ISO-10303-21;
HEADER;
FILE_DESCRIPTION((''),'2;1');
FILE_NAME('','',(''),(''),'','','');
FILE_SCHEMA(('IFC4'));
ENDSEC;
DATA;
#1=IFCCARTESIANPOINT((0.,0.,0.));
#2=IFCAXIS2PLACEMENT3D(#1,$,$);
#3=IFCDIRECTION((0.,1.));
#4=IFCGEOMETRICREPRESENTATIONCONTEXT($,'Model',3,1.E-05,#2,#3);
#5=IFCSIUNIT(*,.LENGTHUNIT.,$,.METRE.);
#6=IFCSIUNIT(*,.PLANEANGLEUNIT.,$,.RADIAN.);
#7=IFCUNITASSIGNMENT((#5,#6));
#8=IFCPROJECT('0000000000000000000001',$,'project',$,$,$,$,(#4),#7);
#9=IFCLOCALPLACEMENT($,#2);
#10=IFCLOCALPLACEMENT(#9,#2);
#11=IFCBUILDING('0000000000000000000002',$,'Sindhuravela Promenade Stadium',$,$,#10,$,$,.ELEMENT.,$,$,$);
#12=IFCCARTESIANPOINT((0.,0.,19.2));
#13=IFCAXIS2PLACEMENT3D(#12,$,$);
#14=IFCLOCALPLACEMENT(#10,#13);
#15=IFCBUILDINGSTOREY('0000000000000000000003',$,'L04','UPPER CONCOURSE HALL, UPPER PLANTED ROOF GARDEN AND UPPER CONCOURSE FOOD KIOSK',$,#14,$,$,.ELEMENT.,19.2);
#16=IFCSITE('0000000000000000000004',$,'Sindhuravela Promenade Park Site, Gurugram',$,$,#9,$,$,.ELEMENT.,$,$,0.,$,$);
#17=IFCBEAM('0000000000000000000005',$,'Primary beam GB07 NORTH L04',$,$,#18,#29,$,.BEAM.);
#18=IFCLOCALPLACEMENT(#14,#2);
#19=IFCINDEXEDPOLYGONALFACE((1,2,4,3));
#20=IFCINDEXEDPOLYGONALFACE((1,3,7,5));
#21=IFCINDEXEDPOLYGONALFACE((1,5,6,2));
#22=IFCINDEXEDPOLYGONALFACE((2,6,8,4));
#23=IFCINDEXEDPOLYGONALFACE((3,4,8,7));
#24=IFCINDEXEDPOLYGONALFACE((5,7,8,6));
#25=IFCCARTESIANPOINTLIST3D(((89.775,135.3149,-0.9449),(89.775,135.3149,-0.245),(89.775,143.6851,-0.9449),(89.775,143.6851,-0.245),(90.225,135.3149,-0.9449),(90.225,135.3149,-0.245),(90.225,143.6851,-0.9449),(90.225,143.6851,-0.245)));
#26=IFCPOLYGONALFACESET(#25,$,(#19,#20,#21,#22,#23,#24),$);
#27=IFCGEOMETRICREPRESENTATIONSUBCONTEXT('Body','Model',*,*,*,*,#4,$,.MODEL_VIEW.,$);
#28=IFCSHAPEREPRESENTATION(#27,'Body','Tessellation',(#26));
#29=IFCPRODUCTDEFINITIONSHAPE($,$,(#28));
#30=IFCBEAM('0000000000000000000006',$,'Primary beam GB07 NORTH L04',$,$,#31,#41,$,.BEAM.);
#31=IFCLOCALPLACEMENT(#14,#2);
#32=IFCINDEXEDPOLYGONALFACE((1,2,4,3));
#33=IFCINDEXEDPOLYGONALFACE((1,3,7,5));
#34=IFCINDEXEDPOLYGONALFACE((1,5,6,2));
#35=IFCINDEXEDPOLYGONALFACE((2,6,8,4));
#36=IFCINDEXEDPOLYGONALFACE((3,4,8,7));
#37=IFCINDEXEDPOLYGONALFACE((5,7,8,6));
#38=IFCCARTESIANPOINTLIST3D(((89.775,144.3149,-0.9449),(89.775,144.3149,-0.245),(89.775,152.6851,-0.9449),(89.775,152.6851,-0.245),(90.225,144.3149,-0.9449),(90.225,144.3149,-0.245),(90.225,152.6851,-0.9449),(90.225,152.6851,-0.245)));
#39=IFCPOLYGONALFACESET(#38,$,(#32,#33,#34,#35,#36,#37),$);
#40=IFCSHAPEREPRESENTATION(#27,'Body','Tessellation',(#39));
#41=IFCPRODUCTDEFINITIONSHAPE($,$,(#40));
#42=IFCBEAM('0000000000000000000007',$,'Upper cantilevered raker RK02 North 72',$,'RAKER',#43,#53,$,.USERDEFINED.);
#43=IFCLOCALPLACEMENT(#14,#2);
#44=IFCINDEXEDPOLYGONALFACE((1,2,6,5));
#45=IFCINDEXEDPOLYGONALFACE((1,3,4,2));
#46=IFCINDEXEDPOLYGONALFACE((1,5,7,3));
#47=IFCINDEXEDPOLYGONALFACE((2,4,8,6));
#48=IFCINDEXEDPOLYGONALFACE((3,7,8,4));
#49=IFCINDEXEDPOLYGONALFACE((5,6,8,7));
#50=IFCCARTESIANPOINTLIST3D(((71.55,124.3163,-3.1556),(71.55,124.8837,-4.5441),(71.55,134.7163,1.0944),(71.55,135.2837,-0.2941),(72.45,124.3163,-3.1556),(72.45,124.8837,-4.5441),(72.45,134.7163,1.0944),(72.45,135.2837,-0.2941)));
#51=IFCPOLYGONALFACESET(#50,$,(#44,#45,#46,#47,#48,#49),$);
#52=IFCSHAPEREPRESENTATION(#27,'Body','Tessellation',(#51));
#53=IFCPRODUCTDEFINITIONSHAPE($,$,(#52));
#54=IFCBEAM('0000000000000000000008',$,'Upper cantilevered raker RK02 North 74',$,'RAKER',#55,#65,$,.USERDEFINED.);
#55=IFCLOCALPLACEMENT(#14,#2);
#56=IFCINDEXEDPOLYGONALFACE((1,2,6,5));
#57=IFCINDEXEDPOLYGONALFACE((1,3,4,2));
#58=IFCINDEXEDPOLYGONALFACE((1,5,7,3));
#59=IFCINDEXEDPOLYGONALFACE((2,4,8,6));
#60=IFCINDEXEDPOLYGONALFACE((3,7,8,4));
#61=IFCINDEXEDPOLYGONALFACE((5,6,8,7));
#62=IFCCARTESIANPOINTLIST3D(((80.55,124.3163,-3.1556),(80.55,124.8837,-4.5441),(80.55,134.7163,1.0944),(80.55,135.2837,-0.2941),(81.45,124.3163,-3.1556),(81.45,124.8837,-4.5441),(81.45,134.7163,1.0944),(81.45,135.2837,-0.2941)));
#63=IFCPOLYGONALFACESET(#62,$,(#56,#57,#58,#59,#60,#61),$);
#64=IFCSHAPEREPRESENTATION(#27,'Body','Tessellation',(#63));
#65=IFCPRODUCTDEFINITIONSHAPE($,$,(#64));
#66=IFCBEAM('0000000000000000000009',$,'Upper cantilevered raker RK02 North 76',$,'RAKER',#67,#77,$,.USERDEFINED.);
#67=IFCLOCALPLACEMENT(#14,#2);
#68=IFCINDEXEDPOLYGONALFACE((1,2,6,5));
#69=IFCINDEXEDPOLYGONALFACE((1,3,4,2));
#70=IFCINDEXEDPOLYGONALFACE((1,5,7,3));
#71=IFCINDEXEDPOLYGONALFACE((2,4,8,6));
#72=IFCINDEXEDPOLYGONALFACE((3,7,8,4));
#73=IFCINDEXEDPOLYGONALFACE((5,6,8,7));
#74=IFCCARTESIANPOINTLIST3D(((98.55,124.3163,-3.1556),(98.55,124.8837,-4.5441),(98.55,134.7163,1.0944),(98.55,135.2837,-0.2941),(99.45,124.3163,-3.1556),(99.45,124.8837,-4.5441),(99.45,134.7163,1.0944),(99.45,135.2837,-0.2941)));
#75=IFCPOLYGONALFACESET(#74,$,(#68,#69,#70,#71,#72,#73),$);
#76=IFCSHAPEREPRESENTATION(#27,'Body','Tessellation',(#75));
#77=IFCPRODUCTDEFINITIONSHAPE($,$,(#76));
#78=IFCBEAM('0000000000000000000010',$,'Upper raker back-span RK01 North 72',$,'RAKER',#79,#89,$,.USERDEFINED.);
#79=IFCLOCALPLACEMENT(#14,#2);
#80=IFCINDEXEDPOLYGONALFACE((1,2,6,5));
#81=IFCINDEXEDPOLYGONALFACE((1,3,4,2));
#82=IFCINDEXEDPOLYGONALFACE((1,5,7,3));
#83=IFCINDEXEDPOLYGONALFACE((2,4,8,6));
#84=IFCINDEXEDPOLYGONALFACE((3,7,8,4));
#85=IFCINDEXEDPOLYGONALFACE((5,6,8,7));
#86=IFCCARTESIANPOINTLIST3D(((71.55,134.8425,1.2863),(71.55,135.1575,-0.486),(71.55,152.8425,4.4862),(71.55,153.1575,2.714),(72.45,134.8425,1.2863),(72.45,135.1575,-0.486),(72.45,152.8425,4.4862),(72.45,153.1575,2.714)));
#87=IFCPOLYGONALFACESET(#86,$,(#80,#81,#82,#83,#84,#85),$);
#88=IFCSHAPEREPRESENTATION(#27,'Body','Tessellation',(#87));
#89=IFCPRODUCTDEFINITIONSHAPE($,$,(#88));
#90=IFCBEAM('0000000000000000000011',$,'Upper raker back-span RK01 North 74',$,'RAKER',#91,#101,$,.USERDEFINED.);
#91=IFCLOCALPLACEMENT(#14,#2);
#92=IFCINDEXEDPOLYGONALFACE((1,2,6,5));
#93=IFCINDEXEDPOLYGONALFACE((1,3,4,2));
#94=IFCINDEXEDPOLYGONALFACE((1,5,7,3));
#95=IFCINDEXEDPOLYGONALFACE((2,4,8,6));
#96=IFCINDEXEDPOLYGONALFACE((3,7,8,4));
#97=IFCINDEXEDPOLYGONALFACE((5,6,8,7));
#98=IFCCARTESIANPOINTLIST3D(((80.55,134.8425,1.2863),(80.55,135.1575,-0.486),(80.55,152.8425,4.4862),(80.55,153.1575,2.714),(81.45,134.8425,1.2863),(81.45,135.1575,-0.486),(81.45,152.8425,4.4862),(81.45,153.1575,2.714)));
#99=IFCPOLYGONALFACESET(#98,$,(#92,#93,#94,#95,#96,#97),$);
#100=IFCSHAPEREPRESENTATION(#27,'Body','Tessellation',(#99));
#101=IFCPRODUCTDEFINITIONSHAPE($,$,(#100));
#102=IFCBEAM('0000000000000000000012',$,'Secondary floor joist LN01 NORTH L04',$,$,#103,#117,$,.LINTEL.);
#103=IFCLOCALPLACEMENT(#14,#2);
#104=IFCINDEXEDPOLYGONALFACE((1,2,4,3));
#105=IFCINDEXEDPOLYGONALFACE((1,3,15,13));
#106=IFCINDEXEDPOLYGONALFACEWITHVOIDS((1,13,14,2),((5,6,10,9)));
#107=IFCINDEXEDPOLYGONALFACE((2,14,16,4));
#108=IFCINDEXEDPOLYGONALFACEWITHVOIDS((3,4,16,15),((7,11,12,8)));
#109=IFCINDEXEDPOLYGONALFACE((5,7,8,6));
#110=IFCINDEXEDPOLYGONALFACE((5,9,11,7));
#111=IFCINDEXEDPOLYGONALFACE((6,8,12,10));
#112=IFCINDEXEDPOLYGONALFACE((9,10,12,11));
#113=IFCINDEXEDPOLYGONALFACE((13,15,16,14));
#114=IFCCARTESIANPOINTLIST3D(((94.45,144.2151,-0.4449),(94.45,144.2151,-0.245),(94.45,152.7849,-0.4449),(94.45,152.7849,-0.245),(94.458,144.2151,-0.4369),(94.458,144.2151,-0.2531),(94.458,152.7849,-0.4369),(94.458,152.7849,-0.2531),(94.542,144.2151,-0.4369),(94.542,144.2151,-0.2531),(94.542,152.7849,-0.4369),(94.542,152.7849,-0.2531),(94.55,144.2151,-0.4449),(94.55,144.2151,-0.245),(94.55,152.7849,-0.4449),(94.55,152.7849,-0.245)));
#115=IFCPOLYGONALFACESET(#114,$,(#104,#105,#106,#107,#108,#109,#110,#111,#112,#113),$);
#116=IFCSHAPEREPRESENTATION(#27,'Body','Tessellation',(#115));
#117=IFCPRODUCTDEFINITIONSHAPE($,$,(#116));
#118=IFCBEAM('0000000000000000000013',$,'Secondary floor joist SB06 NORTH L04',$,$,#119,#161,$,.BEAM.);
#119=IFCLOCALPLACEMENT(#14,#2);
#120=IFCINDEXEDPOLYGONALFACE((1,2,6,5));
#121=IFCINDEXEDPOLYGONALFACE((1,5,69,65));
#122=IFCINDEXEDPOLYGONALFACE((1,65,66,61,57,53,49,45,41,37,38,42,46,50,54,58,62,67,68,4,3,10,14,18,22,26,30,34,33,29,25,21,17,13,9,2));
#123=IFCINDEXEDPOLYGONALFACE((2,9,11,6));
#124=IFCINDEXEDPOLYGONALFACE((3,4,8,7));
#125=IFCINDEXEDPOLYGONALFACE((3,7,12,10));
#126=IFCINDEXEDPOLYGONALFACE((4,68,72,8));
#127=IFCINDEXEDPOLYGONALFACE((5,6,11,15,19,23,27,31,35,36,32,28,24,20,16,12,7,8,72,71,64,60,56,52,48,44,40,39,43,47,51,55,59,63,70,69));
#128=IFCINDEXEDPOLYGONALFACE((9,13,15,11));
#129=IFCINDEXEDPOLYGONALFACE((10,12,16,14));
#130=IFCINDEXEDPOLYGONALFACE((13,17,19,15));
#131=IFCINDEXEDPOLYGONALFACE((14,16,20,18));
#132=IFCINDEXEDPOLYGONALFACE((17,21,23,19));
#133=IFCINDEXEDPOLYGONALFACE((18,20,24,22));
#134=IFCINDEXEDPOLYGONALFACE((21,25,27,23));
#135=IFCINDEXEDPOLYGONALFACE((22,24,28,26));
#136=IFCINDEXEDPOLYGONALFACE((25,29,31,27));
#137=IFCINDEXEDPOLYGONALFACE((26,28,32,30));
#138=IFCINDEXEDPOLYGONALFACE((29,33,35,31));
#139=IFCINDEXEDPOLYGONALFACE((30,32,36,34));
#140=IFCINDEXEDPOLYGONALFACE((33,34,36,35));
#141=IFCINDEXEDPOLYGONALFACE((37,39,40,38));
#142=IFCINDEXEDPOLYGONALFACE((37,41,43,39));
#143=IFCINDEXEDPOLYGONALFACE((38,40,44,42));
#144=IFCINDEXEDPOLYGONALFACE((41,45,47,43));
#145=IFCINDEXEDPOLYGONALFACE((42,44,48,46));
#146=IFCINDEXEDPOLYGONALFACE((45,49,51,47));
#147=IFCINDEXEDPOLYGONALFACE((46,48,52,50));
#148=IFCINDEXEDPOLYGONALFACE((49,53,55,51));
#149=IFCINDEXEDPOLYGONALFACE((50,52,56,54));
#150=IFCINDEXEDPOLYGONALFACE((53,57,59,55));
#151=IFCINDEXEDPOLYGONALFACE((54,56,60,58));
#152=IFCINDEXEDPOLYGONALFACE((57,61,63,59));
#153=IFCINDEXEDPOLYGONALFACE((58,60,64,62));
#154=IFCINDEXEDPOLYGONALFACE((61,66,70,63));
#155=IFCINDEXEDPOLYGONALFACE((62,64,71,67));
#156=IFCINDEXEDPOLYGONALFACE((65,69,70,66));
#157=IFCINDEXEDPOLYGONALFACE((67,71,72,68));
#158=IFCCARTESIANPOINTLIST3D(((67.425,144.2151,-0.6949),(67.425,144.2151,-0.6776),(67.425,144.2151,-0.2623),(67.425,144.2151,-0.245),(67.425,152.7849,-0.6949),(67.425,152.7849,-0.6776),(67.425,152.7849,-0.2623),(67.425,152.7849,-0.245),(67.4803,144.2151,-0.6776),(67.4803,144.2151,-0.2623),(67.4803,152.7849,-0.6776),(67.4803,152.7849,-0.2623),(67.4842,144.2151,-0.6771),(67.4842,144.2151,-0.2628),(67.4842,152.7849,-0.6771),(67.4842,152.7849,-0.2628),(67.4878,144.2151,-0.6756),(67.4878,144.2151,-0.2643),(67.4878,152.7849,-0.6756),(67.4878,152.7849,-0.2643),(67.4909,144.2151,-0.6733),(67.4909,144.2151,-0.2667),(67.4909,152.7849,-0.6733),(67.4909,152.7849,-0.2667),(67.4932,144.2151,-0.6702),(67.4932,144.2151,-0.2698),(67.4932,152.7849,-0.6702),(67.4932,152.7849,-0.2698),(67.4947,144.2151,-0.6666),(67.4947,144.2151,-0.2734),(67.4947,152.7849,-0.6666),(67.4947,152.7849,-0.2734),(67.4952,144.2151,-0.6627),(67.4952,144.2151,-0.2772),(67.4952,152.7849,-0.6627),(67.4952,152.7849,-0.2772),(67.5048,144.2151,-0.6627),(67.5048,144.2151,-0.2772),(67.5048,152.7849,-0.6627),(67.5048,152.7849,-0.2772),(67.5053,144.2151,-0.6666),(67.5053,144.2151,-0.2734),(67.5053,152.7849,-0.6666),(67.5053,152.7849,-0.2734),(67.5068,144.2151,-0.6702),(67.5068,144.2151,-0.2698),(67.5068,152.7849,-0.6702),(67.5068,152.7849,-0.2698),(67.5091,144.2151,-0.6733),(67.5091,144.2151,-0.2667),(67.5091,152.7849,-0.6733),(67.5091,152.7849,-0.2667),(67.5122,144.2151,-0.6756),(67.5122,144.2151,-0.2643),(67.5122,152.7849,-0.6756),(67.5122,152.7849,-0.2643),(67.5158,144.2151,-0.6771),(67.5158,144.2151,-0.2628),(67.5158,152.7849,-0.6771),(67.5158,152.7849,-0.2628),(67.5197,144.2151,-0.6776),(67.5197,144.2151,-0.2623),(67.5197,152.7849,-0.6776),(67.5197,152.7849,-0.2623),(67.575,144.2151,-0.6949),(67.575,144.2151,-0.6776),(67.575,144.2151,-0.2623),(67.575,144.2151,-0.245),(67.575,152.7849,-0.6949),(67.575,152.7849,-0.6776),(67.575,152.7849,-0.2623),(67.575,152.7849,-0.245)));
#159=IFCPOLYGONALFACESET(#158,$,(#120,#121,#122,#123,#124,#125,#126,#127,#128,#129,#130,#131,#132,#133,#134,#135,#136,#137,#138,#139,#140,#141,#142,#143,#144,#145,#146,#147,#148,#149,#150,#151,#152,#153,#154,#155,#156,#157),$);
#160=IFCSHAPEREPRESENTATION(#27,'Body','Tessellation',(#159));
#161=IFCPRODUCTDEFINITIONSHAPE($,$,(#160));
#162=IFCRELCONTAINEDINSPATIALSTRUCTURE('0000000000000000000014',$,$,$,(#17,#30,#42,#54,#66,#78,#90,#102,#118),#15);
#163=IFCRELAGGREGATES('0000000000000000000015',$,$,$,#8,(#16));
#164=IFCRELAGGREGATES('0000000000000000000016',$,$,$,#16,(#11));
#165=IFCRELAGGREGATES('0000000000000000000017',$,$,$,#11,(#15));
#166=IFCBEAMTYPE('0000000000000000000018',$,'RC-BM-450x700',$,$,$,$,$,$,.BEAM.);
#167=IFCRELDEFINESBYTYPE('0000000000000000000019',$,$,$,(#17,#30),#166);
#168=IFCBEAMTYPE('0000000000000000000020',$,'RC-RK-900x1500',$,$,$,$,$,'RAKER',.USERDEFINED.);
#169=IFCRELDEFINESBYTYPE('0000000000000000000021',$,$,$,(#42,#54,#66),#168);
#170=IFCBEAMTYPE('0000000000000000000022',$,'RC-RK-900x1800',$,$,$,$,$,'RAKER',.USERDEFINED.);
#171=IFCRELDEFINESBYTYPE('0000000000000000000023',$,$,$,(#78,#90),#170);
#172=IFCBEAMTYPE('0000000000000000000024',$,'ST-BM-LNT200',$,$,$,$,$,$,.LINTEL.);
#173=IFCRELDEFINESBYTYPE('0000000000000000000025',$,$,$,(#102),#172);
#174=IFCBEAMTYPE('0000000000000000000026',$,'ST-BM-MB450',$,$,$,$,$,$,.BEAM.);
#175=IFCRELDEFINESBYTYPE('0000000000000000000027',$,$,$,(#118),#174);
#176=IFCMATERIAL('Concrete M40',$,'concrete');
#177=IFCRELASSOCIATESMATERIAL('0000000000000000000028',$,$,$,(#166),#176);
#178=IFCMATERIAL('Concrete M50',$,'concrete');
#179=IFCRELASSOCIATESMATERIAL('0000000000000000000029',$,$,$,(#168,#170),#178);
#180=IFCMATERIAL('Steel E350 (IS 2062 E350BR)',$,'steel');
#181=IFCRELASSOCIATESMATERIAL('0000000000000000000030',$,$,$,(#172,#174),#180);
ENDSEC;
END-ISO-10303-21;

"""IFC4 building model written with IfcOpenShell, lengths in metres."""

from ifc_helpers import new_model, si_unit, direction, frame, origin, origin_2d, place, context, subcontext, project, spatial, rectangle, hollow_rectangle, i_section, extrude, material, material_profile, profile_set, type_object, element, save


model = new_model("IFC4")

# Units and contexts
model_context = context("Model", 3, precision=1e-05, world=origin(), true_north=direction((0.0, 1.0)))
body_context = subcontext(model_context, "Body", "Model", "MODEL_VIEW")
ifc_project = project(units=[si_unit("LENGTHUNIT", "METRE"), si_unit("PLANEANGLEUNIT", "RADIAN")], contexts=[model_context])

# Site, building, storey
site_placement = place(None, origin())
site = spatial("IfcSite", under=ifc_project, at=site_placement, Name="Sindhuravela Promenade Park Site, Gurugram", CompositionType="ELEMENT", RefElevation=0.0)
building_placement = place(site_placement, origin())
building = spatial("IfcBuilding", under=site, at=building_placement, Name="Sindhuravela Promenade Stadium", CompositionType="ELEMENT")
storey_placement = place(building_placement, frame((0.0, 0.0, 19.2)))
storey = spatial("IfcBuildingStorey", under=building, at=storey_placement, Name="L04", Description="UPPER CONCOURSE HALL, UPPER PLANTED ROOF GARDEN AND UPPER CONCOURSE FOOD KIOSK", CompositionType="ELEMENT", Elevation=19.2)

# Shared definitions
ifc_material_1 = material(Name="Steel E350 (IS 2062 E350BR)", Category="steel")

# Beams
ifc_material_2 = material(Name="Concrete M40", Category="concrete")
ifc_material_profile_1 = material_profile(ifc_material_2, rectangle(XDim=0.45, YDim=0.7, at=origin_2d()), Name="RC 450x700")
ifc_profile_set_1 = profile_set([ifc_material_profile_1], Name="Concrete M40")
beam_type_1 = type_object("IfcBeamType", Name="RC-BM-450x700", PredefinedType="BEAM", material=ifc_profile_set_1)
for number, where, z_axis, x_axis, name in (
    (1, (90.0, 135.3149, -0.595), (0.0, 1.0, 0.0), (-1.0, 0.0, 0.0), "Primary beam GB07 NORTH L04"),
    (2, (90.0, 144.3149, -0.595), (0.0, 1.0, 0.0), (-1.0, 0.0, 0.0), "Primary beam GB07 NORTH L04"),
):
    element("IfcBeam", number, at=place(storey_placement, frame(where, z_axis=z_axis, x_axis=x_axis)), inside=storey, type_object=beam_type_1, Name=name, PredefinedType="BEAM", context=body_context, shape_type="SweptSolid", body=[
        extrude(rectangle(XDim=0.45, YDim=0.7, at=origin_2d()), origin(), (0.0, 0.0, 1.0), 8.3701),
    ])
ifc_material_3 = material(Name="Concrete M50", Category="concrete")
ifc_material_profile_2 = material_profile(ifc_material_3, rectangle(XDim=0.8999, YDim=1.5, at=origin_2d()), Name="RC 900x1500")
ifc_profile_set_2 = profile_set([ifc_material_profile_2], Name="Concrete M50")
beam_type_2 = type_object("IfcBeamType", Name="RC-RK-900x1500", ElementType="RAKER", PredefinedType="USERDEFINED", material=ifc_profile_set_2)
for number, where, z_axis, x_axis, name in (
    (3, (72.0, 135.0, 0.4001), (0.0, -0.925687, -0.378289), (1.0, 0.0, 0.0), "Upper cantilevered raker RK02 North 72"),
    (4, (81.0, 135.0, 0.4001), (0.0, -0.925687, -0.378289), (1.0, 0.0, 0.0), "Upper cantilevered raker RK02 North 74"),
    (5, (99.0, 135.0, 0.4001), (0.0, -0.925687, -0.378289), (1.0, 0.0, 0.0), "Upper cantilevered raker RK02 North 76"),
):
    element("IfcBeam", number, at=place(storey_placement, frame(where, z_axis=z_axis, x_axis=x_axis)), inside=storey, type_object=beam_type_2, Name=name, ObjectType="RAKER", PredefinedType="USERDEFINED", context=body_context, shape_type="SweptSolid", body=[
        extrude(rectangle(XDim=0.8999, YDim=1.5, at=origin_2d()), origin(), (0.0, 0.0, 1.0), 11.2349),
    ])
ifc_material_profile_3 = material_profile(ifc_material_3, rectangle(XDim=0.8999, YDim=1.8, at=origin_2d()), Name="RC 900x1800")
ifc_profile_set_3 = profile_set([ifc_material_profile_3], Name="Concrete M50")
beam_type_3 = type_object("IfcBeamType", Name="RC-RK-900x1800", ElementType="RAKER", PredefinedType="USERDEFINED", material=ifc_profile_set_3)
for number, where, z_axis, x_axis, name in (
    (6, (72.0, 153.0, 3.6001), (0.0, -0.984563, -0.175031), (1.0, 0.0, 0.0), "Upper raker back-span RK01 North 72"),
    (7, (81.0, 153.0, 3.6001), (0.0, -0.984563, -0.175031), (1.0, 0.0, 0.0), "Upper raker back-span RK01 North 74"),
):
    element("IfcBeam", number, at=place(storey_placement, frame(where, z_axis=z_axis, x_axis=x_axis)), inside=storey, type_object=beam_type_3, Name=name, ObjectType="RAKER", PredefinedType="USERDEFINED", context=body_context, shape_type="SweptSolid", body=[
        extrude(rectangle(XDim=0.8999, YDim=1.8, at=origin_2d()), origin(), (0.0, 0.0, 1.0), 18.2822),
    ])
ifc_material_profile_4 = material_profile(ifc_material_1, hollow_rectangle(XDim=0.1001, YDim=0.2, WallThickness=0.0081, at=origin_2d()), Name="RHS 200x100x8")
ifc_profile_set_4 = profile_set([ifc_material_profile_4], Name="Steel E350 (IS 2062 E350BR)")
beam_type_4 = type_object("IfcBeamType", Name="ST-BM-LNT200", PredefinedType="LINTEL", material=ifc_profile_set_4)
beam_1_placement = place(storey_placement, frame((94.5, 144.2151, -0.345), z_axis=(0.0, 1.0, 0.0), x_axis=(-1.0, 0.0, 0.0)))
element("IfcBeam", 8, at=beam_1_placement, inside=storey, type_object=beam_type_4, Name="Secondary floor joist LN01 NORTH L04", PredefinedType="LINTEL", context=body_context, shape_type="SweptSolid", body=[
    extrude(hollow_rectangle(XDim=0.1001, YDim=0.2, WallThickness=0.0081, at=origin_2d()), origin(), (0.0, 0.0, 1.0), 8.5698),
])
ifc_material_profile_5 = material_profile(ifc_material_1, i_section(OverallWidth=0.1499, OverallDepth=0.45, WebThickness=0.0095, FlangeThickness=0.0173, FilletRadius=0.0149, at=origin_2d()), Name="ISMB 450")
ifc_profile_set_5 = profile_set([ifc_material_profile_5], Name="Steel E350 (IS 2062 E350BR)")
beam_type_5 = type_object("IfcBeamType", Name="ST-BM-MB450", PredefinedType="BEAM", material=ifc_profile_set_5)
beam_2_placement = place(storey_placement, frame((67.5, 144.2151, -0.47), z_axis=(0.0, 1.0, 0.0), x_axis=(-1.0, 0.0, 0.0)))
element("IfcBeam", 9, at=beam_2_placement, inside=storey, type_object=beam_type_5, Name="Secondary floor joist SB06 NORTH L04", PredefinedType="BEAM", context=body_context, shape_type="SweptSolid", body=[
    extrude(i_section(OverallWidth=0.1499, OverallDepth=0.45, WebThickness=0.0095, FlangeThickness=0.0173, FilletRadius=0.0149, at=origin_2d()), origin(), (0.0, 0.0, 1.0), 8.5698),
])

save(model, "model.ifc")
